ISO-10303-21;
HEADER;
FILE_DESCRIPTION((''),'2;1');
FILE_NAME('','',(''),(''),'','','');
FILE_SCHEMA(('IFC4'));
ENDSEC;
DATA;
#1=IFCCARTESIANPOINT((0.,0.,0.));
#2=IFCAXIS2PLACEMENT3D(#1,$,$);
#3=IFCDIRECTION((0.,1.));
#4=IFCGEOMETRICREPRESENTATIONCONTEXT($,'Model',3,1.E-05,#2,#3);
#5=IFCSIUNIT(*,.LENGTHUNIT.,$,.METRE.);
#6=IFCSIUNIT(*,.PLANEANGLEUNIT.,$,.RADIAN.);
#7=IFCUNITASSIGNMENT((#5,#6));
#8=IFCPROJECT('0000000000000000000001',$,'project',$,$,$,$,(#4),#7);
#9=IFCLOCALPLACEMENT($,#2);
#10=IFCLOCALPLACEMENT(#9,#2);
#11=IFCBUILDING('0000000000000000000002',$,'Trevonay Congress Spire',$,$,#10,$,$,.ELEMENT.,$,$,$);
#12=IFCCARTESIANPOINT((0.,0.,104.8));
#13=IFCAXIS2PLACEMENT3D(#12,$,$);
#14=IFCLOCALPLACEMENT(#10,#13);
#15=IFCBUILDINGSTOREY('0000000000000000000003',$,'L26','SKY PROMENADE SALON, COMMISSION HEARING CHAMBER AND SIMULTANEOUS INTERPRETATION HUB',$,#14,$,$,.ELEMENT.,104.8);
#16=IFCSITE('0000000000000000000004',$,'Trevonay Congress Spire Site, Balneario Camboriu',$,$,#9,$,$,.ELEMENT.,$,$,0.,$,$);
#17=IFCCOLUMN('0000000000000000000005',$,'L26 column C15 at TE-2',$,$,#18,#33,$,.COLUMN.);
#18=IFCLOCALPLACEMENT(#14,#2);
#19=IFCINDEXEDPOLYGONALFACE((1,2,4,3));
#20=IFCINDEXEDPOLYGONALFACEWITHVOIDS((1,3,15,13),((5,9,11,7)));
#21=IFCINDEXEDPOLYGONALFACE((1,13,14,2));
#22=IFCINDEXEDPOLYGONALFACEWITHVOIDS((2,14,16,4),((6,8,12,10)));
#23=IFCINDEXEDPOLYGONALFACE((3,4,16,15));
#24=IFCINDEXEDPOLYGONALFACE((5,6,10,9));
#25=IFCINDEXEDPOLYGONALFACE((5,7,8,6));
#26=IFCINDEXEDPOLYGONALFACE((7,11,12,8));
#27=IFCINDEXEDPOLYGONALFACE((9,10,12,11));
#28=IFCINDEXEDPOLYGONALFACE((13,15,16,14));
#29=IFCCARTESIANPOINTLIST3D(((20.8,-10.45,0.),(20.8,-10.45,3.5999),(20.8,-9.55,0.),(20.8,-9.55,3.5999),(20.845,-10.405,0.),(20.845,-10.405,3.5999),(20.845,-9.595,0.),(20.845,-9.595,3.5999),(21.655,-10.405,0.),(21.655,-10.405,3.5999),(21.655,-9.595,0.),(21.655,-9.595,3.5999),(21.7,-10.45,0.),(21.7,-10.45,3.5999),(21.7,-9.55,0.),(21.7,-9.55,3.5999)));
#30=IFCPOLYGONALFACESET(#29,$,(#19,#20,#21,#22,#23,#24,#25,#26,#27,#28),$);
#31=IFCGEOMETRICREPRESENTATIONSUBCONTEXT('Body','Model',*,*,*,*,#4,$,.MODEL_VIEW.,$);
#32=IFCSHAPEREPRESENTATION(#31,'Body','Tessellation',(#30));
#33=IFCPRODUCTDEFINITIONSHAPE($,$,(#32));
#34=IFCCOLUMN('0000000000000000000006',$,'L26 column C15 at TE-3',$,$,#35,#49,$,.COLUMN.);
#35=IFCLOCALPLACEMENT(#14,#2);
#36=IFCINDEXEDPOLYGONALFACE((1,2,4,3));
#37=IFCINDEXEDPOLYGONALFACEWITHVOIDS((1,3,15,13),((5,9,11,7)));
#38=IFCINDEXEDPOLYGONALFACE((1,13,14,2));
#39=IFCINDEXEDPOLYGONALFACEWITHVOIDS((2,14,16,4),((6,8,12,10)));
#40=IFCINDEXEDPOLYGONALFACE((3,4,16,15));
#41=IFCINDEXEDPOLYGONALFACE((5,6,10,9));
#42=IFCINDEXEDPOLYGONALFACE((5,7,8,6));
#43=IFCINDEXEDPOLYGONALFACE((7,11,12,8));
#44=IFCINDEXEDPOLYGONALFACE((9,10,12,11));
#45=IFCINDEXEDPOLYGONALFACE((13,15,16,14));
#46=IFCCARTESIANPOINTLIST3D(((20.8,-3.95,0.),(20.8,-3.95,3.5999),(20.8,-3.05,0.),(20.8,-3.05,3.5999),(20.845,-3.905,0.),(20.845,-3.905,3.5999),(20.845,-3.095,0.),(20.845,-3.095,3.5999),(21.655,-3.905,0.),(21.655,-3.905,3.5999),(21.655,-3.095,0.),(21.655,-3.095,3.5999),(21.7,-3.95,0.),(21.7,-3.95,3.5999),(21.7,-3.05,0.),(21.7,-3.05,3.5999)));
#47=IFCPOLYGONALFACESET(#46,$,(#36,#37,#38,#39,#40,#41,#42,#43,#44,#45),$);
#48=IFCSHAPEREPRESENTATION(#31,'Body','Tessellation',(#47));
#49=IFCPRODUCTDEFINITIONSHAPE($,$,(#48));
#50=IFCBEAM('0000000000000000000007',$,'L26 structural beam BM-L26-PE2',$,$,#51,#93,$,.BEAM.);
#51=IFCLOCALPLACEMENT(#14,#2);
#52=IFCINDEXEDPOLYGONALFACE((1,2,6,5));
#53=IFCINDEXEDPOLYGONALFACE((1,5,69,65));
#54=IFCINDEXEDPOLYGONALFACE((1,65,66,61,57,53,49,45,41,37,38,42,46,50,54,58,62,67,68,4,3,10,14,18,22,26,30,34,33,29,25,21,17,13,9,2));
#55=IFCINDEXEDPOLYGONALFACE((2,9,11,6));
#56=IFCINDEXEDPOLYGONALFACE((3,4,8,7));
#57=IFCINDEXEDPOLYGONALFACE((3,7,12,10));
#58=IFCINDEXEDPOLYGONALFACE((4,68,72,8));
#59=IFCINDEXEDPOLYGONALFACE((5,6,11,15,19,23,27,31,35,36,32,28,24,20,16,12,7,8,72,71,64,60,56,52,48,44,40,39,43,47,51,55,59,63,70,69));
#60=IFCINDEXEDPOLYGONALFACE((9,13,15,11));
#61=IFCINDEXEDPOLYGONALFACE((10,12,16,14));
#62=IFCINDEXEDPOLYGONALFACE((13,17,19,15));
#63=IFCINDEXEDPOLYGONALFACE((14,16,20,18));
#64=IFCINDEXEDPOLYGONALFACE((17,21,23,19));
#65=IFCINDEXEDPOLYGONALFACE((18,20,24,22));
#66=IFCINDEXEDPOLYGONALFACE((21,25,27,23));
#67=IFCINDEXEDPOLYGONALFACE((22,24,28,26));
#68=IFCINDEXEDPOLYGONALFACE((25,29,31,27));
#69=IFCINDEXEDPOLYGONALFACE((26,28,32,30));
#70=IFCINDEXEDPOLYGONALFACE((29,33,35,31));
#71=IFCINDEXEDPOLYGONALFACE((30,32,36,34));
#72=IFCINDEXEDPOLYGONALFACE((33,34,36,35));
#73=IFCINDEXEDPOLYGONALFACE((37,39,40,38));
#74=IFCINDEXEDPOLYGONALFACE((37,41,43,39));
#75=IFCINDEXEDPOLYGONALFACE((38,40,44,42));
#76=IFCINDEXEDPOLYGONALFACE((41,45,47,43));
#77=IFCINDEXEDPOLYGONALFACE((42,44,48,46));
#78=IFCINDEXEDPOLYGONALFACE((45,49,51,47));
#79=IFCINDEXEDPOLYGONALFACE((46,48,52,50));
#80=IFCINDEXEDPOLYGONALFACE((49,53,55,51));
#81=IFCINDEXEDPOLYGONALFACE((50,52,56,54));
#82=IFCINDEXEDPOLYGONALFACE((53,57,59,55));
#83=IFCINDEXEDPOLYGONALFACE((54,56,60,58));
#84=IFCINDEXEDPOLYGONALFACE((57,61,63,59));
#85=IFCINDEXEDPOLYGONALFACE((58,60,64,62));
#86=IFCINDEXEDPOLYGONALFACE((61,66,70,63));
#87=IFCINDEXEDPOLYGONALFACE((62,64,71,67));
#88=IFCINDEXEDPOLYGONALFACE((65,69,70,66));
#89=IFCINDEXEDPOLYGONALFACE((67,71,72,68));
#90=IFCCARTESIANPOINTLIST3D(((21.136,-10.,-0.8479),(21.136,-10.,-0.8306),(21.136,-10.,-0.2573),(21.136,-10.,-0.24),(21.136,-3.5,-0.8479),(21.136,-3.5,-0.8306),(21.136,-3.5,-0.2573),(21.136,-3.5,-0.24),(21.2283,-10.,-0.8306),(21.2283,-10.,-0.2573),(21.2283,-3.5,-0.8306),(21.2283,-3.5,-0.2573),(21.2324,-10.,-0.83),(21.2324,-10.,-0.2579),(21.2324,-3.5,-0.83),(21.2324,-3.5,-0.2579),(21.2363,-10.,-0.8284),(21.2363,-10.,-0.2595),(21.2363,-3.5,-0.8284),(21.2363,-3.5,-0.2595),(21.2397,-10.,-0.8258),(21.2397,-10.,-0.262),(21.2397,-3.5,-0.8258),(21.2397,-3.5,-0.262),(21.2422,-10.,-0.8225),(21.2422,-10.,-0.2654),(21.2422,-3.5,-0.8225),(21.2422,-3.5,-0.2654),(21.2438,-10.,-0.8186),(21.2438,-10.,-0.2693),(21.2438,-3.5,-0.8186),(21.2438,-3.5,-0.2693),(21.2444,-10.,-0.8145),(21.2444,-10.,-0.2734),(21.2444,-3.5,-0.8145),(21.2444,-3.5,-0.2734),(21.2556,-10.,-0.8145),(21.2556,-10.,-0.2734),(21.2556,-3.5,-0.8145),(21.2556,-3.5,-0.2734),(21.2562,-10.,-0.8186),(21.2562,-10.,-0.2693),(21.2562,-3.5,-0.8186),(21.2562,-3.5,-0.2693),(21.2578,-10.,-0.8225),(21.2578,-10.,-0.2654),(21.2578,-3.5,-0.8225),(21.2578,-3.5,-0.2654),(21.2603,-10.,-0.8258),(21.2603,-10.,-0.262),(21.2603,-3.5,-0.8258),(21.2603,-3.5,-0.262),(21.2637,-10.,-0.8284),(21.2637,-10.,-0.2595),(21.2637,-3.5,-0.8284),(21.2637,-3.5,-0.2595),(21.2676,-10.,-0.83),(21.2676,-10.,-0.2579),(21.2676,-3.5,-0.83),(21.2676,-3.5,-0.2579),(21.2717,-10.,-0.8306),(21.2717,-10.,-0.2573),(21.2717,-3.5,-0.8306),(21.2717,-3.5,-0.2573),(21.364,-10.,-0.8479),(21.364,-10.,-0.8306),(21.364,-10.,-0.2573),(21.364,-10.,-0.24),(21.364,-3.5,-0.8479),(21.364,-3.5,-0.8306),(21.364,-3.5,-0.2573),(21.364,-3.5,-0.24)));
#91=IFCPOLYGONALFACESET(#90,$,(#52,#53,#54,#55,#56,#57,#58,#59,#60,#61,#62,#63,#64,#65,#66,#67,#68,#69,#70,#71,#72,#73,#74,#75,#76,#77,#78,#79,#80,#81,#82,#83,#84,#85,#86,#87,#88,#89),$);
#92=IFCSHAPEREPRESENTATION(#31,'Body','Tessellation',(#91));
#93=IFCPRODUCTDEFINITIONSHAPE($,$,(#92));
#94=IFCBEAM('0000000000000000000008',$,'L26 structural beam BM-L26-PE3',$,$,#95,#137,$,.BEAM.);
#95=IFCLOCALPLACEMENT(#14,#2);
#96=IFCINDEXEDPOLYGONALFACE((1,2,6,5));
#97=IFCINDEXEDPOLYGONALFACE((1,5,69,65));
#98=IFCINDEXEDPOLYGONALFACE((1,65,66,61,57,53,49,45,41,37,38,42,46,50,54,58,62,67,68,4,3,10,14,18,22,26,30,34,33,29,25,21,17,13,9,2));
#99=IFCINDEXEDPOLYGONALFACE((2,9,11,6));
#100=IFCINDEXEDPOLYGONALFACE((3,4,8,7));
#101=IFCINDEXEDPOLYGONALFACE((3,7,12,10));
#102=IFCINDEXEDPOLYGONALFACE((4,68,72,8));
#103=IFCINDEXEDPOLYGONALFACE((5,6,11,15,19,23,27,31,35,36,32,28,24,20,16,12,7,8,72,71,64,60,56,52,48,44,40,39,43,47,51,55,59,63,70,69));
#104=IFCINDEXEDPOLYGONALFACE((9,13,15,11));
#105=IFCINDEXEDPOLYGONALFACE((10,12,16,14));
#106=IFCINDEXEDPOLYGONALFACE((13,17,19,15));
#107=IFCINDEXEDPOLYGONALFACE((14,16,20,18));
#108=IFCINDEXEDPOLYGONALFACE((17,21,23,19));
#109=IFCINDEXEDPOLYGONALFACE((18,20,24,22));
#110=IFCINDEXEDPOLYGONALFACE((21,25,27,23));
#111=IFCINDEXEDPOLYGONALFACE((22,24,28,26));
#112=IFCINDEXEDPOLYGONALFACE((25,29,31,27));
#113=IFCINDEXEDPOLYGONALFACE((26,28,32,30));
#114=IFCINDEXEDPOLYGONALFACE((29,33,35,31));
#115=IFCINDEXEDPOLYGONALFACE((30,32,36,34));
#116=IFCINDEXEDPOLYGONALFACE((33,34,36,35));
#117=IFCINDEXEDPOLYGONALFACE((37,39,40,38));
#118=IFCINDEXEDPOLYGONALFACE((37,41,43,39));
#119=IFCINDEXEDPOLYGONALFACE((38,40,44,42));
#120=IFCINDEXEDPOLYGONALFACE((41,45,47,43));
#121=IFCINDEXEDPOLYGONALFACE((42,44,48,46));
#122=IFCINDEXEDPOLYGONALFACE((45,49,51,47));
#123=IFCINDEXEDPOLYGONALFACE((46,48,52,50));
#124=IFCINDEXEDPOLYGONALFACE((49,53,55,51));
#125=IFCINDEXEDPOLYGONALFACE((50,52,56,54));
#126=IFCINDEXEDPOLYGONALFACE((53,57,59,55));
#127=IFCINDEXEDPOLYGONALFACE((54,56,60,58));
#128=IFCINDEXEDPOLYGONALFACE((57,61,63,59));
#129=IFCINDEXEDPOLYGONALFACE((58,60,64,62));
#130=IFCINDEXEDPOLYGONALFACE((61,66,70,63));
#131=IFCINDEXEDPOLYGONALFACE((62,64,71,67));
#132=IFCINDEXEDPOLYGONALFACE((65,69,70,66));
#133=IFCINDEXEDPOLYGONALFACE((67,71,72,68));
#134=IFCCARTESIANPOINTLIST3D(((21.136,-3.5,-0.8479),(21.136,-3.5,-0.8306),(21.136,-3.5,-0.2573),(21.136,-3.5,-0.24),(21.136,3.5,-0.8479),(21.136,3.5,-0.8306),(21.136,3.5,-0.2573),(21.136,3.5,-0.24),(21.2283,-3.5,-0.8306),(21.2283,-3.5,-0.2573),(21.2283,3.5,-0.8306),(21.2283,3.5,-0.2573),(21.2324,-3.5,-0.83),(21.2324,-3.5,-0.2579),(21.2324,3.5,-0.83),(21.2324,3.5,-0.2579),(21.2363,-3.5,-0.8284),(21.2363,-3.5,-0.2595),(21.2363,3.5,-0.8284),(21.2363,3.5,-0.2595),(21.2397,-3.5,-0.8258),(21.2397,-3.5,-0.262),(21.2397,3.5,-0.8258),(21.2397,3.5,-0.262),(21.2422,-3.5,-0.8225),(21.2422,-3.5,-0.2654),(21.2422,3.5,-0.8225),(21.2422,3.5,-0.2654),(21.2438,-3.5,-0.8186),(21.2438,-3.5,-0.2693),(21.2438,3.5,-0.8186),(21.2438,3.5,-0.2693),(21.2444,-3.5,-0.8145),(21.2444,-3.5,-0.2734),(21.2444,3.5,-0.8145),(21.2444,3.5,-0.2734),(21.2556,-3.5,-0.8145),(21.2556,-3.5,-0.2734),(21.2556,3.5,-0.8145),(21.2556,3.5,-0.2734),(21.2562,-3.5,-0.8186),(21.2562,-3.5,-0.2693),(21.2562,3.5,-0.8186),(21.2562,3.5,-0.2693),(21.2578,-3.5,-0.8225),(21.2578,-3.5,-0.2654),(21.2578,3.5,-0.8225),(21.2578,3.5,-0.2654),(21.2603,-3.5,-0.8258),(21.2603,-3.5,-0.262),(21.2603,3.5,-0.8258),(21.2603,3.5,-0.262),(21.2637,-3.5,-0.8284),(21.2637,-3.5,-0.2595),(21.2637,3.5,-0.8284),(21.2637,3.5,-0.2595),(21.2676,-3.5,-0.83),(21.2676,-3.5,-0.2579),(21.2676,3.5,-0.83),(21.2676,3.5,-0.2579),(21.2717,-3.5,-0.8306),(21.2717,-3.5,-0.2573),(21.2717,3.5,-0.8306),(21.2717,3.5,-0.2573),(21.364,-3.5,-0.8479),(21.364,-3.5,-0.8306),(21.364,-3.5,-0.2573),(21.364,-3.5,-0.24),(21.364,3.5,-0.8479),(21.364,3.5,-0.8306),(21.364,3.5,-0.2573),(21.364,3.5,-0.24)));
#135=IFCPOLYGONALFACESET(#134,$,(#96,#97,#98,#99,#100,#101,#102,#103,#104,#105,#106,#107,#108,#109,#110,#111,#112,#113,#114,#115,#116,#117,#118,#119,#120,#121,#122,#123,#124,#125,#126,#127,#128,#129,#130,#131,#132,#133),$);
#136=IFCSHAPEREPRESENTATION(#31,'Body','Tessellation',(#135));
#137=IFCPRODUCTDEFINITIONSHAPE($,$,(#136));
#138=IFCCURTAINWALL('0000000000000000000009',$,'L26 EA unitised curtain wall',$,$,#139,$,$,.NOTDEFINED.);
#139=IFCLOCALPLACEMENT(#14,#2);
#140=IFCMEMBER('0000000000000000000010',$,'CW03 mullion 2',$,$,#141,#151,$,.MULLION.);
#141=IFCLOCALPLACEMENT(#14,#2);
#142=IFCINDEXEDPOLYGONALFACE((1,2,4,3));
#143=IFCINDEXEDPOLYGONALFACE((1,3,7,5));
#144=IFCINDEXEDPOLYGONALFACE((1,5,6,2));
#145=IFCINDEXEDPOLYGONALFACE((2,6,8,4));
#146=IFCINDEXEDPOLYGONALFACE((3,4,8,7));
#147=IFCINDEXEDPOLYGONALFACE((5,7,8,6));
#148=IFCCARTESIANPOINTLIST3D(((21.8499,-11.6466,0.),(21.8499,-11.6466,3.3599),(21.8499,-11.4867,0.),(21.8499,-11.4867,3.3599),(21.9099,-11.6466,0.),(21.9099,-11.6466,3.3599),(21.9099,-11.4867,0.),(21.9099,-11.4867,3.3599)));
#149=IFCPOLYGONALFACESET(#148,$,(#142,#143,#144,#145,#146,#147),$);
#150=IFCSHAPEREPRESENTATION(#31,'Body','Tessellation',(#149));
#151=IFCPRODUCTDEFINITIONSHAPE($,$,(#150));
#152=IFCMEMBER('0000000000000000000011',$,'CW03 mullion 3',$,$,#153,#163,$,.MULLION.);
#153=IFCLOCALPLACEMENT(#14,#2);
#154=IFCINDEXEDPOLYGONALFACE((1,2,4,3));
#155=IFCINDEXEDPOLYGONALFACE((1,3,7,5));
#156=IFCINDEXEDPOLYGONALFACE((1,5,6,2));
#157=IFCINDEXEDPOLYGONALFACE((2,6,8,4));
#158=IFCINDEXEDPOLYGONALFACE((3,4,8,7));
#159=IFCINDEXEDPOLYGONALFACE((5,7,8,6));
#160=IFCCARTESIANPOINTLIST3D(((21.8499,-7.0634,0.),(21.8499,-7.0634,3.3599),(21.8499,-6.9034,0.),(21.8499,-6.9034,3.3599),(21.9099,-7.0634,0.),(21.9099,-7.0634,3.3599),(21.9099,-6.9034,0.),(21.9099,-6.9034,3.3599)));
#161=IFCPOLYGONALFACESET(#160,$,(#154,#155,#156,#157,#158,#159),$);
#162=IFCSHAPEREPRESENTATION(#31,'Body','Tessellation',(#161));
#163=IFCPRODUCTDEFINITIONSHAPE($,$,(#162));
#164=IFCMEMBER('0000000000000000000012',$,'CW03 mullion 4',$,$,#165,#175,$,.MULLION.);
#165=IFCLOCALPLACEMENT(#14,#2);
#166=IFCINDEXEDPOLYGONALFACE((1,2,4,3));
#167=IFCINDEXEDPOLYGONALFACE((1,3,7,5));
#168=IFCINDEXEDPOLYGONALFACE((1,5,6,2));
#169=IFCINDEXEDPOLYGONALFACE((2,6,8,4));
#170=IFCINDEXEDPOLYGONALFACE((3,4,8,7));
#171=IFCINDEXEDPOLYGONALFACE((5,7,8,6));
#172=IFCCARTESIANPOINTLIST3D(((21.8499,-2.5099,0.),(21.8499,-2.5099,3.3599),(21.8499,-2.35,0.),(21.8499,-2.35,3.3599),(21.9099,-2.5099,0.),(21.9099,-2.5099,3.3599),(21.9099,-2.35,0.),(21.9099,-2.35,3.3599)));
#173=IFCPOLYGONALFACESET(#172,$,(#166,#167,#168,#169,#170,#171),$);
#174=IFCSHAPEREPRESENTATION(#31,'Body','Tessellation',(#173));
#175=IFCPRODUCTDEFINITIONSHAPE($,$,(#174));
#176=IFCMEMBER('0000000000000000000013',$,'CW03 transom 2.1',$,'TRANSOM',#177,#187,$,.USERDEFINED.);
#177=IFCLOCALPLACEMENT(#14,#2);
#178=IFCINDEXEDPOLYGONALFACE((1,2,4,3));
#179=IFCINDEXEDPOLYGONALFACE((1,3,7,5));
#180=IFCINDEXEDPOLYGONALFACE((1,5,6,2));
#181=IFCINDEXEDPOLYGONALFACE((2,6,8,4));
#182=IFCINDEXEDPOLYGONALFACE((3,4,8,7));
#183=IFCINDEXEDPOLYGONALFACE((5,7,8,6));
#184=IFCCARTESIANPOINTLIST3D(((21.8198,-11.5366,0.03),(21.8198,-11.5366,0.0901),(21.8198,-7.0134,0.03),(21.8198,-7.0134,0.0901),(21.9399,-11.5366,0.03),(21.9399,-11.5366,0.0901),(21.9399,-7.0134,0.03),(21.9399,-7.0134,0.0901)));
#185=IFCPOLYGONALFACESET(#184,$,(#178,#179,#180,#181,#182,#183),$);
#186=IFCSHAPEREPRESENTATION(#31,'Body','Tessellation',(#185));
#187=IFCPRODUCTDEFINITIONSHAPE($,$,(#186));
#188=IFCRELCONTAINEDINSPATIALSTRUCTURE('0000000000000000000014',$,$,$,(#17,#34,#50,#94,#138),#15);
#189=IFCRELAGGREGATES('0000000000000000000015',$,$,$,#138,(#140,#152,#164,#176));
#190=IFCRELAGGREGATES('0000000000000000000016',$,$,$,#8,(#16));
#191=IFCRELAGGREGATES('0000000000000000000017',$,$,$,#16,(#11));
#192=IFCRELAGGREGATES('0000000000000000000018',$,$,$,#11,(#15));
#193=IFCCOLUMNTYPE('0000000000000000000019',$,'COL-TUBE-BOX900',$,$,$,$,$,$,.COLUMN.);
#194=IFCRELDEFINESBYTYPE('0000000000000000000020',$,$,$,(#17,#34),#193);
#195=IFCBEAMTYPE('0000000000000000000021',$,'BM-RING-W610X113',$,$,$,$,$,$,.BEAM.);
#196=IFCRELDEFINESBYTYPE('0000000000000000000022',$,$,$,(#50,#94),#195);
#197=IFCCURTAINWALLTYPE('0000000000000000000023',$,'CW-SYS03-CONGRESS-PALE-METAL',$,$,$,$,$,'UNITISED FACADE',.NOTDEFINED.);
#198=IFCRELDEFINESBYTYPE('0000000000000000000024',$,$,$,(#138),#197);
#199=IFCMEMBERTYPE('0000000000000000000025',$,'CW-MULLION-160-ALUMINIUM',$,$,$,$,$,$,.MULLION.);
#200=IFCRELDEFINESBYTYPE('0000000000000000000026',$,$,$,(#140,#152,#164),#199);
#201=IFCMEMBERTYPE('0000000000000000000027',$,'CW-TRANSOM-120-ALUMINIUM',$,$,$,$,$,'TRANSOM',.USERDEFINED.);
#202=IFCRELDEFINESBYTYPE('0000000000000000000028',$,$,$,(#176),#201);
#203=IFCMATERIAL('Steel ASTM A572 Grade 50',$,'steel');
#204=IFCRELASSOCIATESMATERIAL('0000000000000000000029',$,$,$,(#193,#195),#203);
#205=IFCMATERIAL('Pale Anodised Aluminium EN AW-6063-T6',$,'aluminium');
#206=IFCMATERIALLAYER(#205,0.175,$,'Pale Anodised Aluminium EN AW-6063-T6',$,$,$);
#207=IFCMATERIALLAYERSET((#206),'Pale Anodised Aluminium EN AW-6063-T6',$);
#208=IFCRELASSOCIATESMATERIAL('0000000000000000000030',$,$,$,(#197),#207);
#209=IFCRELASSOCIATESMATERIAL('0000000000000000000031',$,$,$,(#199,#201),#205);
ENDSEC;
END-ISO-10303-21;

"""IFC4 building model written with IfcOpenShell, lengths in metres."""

from ifc_helpers import new_model, si_unit, direction, frame, origin, origin_2d, place, context, subcontext, project, spatial, rectangle, hollow_rectangle, i_section, extrude, material, layer, layer_set, material_profile, profile_set, type_object, element, aggregate, save


model = new_model("IFC4")

# Units and contexts
model_context = context("Model", 3, precision=1e-05, world=origin(), true_north=direction((0.0, 1.0)))
body_context = subcontext(model_context, "Body", "Model", "MODEL_VIEW")
ifc_project = project(units=[si_unit("LENGTHUNIT", "METRE"), si_unit("PLANEANGLEUNIT", "RADIAN")], contexts=[model_context])

# Site, building, storey
site_placement = place(None, origin())
site = spatial("IfcSite", under=ifc_project, at=site_placement, Name="Trevonay Congress Spire Site, Balneario Camboriu", CompositionType="ELEMENT", RefElevation=0.0)
building_placement = place(site_placement, origin())
building = spatial("IfcBuilding", under=site, at=building_placement, Name="Trevonay Congress Spire", CompositionType="ELEMENT")
storey_placement = place(building_placement, frame((0.0, 0.0, 104.8)))
storey = spatial("IfcBuildingStorey", under=building, at=storey_placement, Name="L26", Description="SKY PROMENADE SALON, COMMISSION HEARING CHAMBER AND SIMULTANEOUS INTERPRETATION HUB", CompositionType="ELEMENT", Elevation=104.8)

# Columns
ifc_material_1 = material(Name="Steel ASTM A572 Grade 50", Category="steel")
ifc_material_profile_1 = material_profile(ifc_material_1, hollow_rectangle(XDim=0.8999, YDim=0.8999, WallThickness=0.0449, at=origin_2d()), Name="BOX 900x900x45")
ifc_profile_set_1 = profile_set([ifc_material_profile_1], Name="Steel ASTM A572 Grade 50")
column_type = type_object("IfcColumnType", Name="COL-TUBE-BOX900", PredefinedType="COLUMN", material=ifc_profile_set_1)
for number, where, z_axis, x_axis, name in (
    (1, (21.25, -10.0, 0.0), (0.0, 0.0, 1.0), (1.0, 0.0, 0.0), "L26 column C15 at TE-2"),
    (2, (21.25, -3.5, 0.0), (0.0, 0.0, 1.0), (1.0, 0.0, 0.0), "L26 column C15 at TE-3"),
):
    element("IfcColumn", number, at=place(storey_placement, frame(where, z_axis=z_axis, x_axis=x_axis)), inside=storey, type_object=column_type, Name=name, PredefinedType="COLUMN", context=body_context, shape_type="SweptSolid", body=[
        extrude(hollow_rectangle(XDim=0.8999, YDim=0.8999, WallThickness=0.0449, at=origin_2d()), origin(), (0.0, 0.0, 1.0), 3.5999),
    ])

# Beams
ifc_material_profile_2 = material_profile(ifc_material_1, i_section(OverallWidth=0.228, OverallDepth=0.6079, WebThickness=0.0112, FlangeThickness=0.0173, FilletRadius=0.0161, at=origin_2d()), Name="W610x113")
ifc_profile_set_2 = profile_set([ifc_material_profile_2], Name="Steel ASTM A572 Grade 50")
beam_type = type_object("IfcBeamType", Name="BM-RING-W610X113", PredefinedType="BEAM", material=ifc_profile_set_2)
beam_1_placement = place(storey_placement, frame((21.25, -10.0, -0.5439), z_axis=(0.0, 1.0, 0.0), x_axis=(-1.0, 0.0, 0.0)))
element("IfcBeam", 3, at=beam_1_placement, inside=storey, type_object=beam_type, Name="L26 structural beam BM-L26-PE2", PredefinedType="BEAM", context=body_context, shape_type="SweptSolid", body=[
    extrude(i_section(OverallWidth=0.228, OverallDepth=0.6079, WebThickness=0.0112, FlangeThickness=0.0173, FilletRadius=0.0161, at=origin_2d()), origin(), (0.0, 0.0, 1.0), 6.5),
])
beam_2_placement = place(storey_placement, frame((21.25, -3.5, -0.5439), z_axis=(0.0, 1.0, 0.0), x_axis=(-1.0, 0.0, 0.0)))
element("IfcBeam", 4, at=beam_2_placement, inside=storey, type_object=beam_type, Name="L26 structural beam BM-L26-PE3", PredefinedType="BEAM", context=body_context, shape_type="SweptSolid", body=[
    extrude(i_section(OverallWidth=0.228, OverallDepth=0.6079, WebThickness=0.0112, FlangeThickness=0.0173, FilletRadius=0.0161, at=origin_2d()), origin(), (0.0, 0.0, 1.0), 7.0),
])

# Curtain wall, members
ifc_material_2 = material(Name="Pale Anodised Aluminium EN AW-6063-T6", Category="aluminium")
ifc_layer_1 = layer(ifc_material_2, 0.175, Name="Pale Anodised Aluminium EN AW-6063-T6")
ifc_layer_set_1 = layer_set([ifc_layer_1], Name="Pale Anodised Aluminium EN AW-6063-T6")
curtain_wall_type = type_object("IfcCurtainWallType", Name="CW-SYS03-CONGRESS-PALE-METAL", ElementType="UNITISED FACADE", PredefinedType="NOTDEFINED", material=ifc_layer_set_1)
curtain_wall_placement = place(storey_placement, origin())
curtain_wall = element("IfcCurtainWall", 5, at=curtain_wall_placement, inside=storey, type_object=curtain_wall_type, Name="L26 EA unitised curtain wall", PredefinedType="NOTDEFINED")
ifc_material_profile_3 = material_profile(ifc_material_2, rectangle(XDim=0.0601, YDim=0.1599, at=origin_2d()), Name="CW-MULLION-160-ALUMINIUM")
ifc_profile_set_3 = profile_set([ifc_material_profile_3], Name="Pale Anodised Aluminium EN AW-6063-T6")
member_type_1 = type_object("IfcMemberType", Name="CW-MULLION-160-ALUMINIUM", PredefinedType="MULLION", material=ifc_profile_set_3)
member_1_placement = place(storey_placement, frame((21.8799, -11.5667, 0.0), z_axis=(0.0, 0.0, 1.0), x_axis=(-1.0, 0.0, 0.0)))
member_1 = element("IfcMember", 6, at=member_1_placement, type_object=member_type_1, Name="CW03 mullion 2", PredefinedType="MULLION", context=body_context, shape_type="SweptSolid", body=[
    extrude(rectangle(XDim=0.0601, YDim=0.1599, at=origin_2d()), origin(), (0.0, 0.0, 1.0), 3.3599),
])
member_2_placement = place(storey_placement, frame((21.8799, -6.9834, 0.0), z_axis=(0.0, 0.0, 1.0), x_axis=(-1.0, 0.0, 0.0)))
member_2 = element("IfcMember", 7, at=member_2_placement, type_object=member_type_1, Name="CW03 mullion 3", PredefinedType="MULLION", context=body_context, shape_type="SweptSolid", body=[
    extrude(rectangle(XDim=0.0601, YDim=0.1599, at=origin_2d()), origin(), (0.0, 0.0, 1.0), 3.3599),
])
member_3_placement = place(storey_placement, frame((21.8799, -2.4299, 0.0), z_axis=(0.0, 0.0, 1.0), x_axis=(-1.0, 0.0, 0.0)))
member_3 = element("IfcMember", 8, at=member_3_placement, type_object=member_type_1, Name="CW03 mullion 4", PredefinedType="MULLION", context=body_context, shape_type="SweptSolid", body=[
    extrude(rectangle(XDim=0.0601, YDim=0.1599, at=origin_2d()), origin(), (0.0, 0.0, 1.0), 3.3599),
])
ifc_material_profile_4 = material_profile(ifc_material_2, rectangle(XDim=0.1201, YDim=0.0601, at=origin_2d()), Name="CW-TRANSOM-120-ALUMINIUM")
ifc_profile_set_4 = profile_set([ifc_material_profile_4], Name="Pale Anodised Aluminium EN AW-6063-T6")
member_type_2 = type_object("IfcMemberType", Name="CW-TRANSOM-120-ALUMINIUM", ElementType="TRANSOM", PredefinedType="USERDEFINED", material=ifc_profile_set_4)
member_4_placement = place(storey_placement, frame((21.8799, -11.5366, 0.0601), z_axis=(0.0, 1.0, 0.0), x_axis=(-1.0, 0.0, 0.0)))
member_4 = element("IfcMember", 9, at=member_4_placement, type_object=member_type_2, Name="CW03 transom 2.1", ObjectType="TRANSOM", PredefinedType="USERDEFINED", context=body_context, shape_type="SweptSolid", body=[
    extrude(rectangle(XDim=0.1201, YDim=0.0601, at=origin_2d()), origin(), (0.0, 0.0, 1.0), 4.5232),
])
aggregate(curtain_wall, [member_1, member_2, member_3, member_4])

save(model, "model.ifc")
